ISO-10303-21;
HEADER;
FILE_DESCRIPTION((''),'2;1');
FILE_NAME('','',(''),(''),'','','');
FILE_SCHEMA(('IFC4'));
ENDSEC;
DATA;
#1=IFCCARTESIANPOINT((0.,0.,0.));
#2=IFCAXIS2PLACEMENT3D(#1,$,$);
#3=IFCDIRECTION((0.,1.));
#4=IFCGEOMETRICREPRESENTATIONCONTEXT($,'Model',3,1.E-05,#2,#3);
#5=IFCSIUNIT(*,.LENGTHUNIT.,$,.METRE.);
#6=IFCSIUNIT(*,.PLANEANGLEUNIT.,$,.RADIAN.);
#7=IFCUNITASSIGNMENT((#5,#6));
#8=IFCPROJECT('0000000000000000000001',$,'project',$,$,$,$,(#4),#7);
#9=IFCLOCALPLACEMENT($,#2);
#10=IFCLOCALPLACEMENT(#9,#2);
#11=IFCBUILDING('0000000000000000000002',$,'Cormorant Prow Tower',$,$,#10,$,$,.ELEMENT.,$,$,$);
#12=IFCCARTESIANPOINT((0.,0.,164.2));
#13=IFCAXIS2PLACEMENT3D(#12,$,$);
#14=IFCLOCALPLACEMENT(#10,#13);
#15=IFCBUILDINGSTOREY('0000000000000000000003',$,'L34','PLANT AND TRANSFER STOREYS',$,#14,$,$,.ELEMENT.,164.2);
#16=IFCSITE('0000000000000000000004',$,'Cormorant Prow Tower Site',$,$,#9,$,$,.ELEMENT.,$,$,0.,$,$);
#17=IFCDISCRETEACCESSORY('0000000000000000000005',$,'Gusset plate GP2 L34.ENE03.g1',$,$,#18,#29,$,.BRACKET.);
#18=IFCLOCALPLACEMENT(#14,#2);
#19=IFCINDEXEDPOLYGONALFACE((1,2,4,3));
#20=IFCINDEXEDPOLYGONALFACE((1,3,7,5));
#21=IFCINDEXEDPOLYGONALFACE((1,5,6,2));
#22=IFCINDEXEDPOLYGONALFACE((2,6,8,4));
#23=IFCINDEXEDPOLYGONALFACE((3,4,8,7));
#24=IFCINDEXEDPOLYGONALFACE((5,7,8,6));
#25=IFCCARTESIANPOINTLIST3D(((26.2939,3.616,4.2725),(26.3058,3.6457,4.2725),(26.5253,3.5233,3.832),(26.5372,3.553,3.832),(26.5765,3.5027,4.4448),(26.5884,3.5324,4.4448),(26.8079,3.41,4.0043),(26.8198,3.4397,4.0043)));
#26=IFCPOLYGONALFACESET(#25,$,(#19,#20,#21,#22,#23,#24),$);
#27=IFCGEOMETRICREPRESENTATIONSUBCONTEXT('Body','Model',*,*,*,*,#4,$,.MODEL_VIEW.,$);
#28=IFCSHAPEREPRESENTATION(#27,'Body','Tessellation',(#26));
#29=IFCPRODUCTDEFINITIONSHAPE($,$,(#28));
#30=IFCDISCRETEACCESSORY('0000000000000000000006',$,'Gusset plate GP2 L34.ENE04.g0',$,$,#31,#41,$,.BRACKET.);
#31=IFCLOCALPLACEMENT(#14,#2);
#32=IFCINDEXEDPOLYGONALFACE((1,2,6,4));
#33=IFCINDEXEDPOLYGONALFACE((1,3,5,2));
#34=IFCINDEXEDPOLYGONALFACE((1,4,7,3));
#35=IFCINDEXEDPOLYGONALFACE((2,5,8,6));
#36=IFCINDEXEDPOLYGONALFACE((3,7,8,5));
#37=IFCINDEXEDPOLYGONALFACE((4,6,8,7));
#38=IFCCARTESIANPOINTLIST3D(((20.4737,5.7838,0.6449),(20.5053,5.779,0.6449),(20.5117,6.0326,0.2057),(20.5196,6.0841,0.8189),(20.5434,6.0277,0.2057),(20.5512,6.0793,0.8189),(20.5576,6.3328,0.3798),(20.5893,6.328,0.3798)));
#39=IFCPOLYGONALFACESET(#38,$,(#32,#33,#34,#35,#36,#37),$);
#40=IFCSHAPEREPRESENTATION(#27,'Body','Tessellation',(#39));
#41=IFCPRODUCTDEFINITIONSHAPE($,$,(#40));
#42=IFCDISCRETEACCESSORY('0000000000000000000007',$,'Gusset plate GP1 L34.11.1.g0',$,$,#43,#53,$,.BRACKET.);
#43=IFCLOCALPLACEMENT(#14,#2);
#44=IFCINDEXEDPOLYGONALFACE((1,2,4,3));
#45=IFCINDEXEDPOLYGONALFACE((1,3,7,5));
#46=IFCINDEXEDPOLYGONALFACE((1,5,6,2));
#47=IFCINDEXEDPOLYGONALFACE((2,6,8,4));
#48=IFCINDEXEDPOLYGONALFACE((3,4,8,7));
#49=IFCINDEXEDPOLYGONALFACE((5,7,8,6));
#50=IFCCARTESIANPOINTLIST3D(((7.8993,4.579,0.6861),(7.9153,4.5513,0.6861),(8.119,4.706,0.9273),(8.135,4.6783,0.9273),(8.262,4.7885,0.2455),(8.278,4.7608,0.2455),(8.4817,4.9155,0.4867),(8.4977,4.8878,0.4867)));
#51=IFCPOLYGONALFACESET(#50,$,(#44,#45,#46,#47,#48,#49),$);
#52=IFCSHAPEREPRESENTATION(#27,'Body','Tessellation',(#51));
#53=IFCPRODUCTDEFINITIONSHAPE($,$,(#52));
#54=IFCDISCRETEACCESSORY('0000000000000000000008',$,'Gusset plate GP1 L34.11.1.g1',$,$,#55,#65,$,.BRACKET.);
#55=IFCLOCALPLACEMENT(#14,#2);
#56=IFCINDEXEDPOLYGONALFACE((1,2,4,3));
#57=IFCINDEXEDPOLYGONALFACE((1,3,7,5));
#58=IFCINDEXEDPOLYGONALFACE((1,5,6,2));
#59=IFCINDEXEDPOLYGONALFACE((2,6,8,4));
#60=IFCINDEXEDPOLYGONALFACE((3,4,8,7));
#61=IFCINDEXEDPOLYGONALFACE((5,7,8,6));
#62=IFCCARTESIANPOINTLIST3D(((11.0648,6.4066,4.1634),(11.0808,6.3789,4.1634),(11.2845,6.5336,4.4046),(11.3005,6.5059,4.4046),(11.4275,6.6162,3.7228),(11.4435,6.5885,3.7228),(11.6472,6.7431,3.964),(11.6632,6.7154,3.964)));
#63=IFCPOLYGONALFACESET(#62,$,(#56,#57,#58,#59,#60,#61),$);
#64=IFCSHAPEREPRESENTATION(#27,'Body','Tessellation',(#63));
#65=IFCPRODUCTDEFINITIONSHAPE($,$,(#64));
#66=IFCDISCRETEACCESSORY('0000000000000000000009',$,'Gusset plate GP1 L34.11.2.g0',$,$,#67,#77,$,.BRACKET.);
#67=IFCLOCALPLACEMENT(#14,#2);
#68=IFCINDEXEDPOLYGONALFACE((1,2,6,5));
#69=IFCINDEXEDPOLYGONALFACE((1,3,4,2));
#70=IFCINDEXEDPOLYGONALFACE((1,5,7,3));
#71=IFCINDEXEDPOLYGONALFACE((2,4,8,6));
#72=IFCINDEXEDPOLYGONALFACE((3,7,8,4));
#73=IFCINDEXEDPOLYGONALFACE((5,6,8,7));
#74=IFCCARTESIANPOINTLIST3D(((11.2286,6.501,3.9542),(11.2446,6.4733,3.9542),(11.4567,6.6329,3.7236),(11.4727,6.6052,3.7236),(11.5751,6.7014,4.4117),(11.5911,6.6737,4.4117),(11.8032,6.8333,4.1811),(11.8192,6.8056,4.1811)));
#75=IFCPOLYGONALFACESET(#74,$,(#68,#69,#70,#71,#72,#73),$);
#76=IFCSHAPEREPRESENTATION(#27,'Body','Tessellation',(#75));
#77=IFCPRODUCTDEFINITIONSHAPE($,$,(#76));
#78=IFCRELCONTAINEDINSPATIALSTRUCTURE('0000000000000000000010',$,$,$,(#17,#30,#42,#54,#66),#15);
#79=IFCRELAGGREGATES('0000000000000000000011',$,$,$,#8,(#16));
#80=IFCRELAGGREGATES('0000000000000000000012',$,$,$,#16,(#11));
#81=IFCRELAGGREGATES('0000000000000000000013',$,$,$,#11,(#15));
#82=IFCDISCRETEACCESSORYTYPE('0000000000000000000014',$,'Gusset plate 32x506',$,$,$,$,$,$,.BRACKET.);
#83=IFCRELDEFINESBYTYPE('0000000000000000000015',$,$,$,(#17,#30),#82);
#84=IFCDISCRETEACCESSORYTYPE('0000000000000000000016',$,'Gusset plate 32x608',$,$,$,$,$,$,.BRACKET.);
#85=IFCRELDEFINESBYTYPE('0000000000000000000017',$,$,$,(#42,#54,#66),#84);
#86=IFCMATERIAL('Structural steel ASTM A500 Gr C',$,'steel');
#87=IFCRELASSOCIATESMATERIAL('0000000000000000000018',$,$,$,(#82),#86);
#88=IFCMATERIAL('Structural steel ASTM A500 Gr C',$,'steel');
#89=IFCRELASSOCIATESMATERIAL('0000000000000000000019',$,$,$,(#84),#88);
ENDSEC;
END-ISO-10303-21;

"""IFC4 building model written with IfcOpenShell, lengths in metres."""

from ifc_helpers import new_model, si_unit, direction, frame, origin, origin_2d, place, context, subcontext, project, spatial, rectangle, extrude, material, material_profile, profile_set, type_object, element, save


model = new_model("IFC4")

# Units and contexts
model_context = context("Model", 3, precision=1e-05, world=origin(), true_north=direction((0.0, 1.0)))
body_context = subcontext(model_context, "Body", "Model", "MODEL_VIEW")
ifc_project = project(units=[si_unit("LENGTHUNIT", "METRE"), si_unit("PLANEANGLEUNIT", "RADIAN")], contexts=[model_context])

# Site, building, storey
site_placement = place(None, origin())
site = spatial("IfcSite", under=ifc_project, at=site_placement, Name="Cormorant Prow Tower Site", CompositionType="ELEMENT", RefElevation=0.0)
building_placement = place(site_placement, origin())
building = spatial("IfcBuilding", under=site, at=building_placement, Name="Cormorant Prow Tower", CompositionType="ELEMENT")
storey_placement = place(building_placement, frame((0.0, 0.0, 164.2)))
storey = spatial("IfcBuildingStorey", under=building, at=storey_placement, Name="L34", Description="PLANT AND TRANSFER STOREYS", CompositionType="ELEMENT", Elevation=164.2)

# Discrete accessories
ifc_material_1 = material(Name="Structural steel ASTM A500 Gr C", Category="steel")
ifc_material_profile_1 = material_profile(ifc_material_1, rectangle(XDim=0.032, YDim=0.5061, at=origin_2d()), Name="Gusset plate 32x506")
ifc_profile_set_1 = profile_set([ifc_material_profile_1], Name="Structural steel ASTM A500 Gr C")
discrete_accessory_type_1 = type_object("IfcDiscreteAccessoryType", Name="Gusset plate 32x506", PredefinedType="BRACKET", material=ifc_profile_set_1)
discrete_accessory_1_placement = place(storey_placement, frame((26.4155, 3.5845, 4.0522), z_axis=(0.807858, -0.323701, 0.492528), x_axis=(0.371943, 0.928255, 0.0)))
element("IfcDiscreteAccessory", 1, at=discrete_accessory_1_placement, inside=storey, type_object=discrete_accessory_type_1, Name="Gusset plate GP2 L34.ENE03.g1", PredefinedType="BRACKET", context=body_context, shape_type="SweptSolid", body=[
    extrude(rectangle(XDim=0.032, YDim=0.5061, at=origin_2d()), origin(), (0.0, 0.0, 1.0), 0.3499),
])
discrete_accessory_2_placement = place(storey_placement, frame((20.5544, 6.2061, 0.5994), z_axis=(-0.131094, -0.857687, -0.49718), x_axis=(0.98852, -0.151091, 0.0)))
element("IfcDiscreteAccessory", 2, at=discrete_accessory_2_placement, inside=storey, type_object=discrete_accessory_type_1, Name="Gusset plate GP2 L34.ENE04.g0", PredefinedType="BRACKET", context=body_context, shape_type="SweptSolid", body=[
    extrude(rectangle(XDim=0.032, YDim=0.5061, at=origin_2d()), origin(), (0.0, 0.0, 1.0), 0.3501),
])
ifc_material_2 = material(Name="Structural steel ASTM A500 Gr C", Category="steel")
ifc_material_profile_2 = material_profile(ifc_material_2, rectangle(XDim=0.032, YDim=0.6079, at=origin_2d()), Name="Gusset plate 32x608")
ifc_profile_set_2 = profile_set([ifc_material_profile_2], Name="Structural steel ASTM A500 Gr C")
discrete_accessory_type_2 = type_object("IfcDiscreteAccessoryType", Name="Gusset plate 32x608", PredefinedType="BRACKET", material=ifc_profile_set_2)
for number, where, z_axis, x_axis, name in (
    (3, (8.3083, 4.7969, 0.707), (-0.627586, -0.362605, -0.68895), (0.500278, -0.865865, 0.0), "Gusset plate GP1 L34.11.1.g0"),
    (4, (11.2542, 6.4976, 3.9431), (0.627586, 0.362605, 0.68895), (-0.500278, 0.865865, 0.0), "Gusset plate GP1 L34.11.1.g1"),
    (5, (11.6379, 6.7192, 3.9524), (-0.651525, -0.376685, 0.658501), (0.500525, -0.865722, 0.0), "Gusset plate GP1 L34.11.2.g0"),
):
    element("IfcDiscreteAccessory", number, at=place(storey_placement, frame(where, z_axis=z_axis, x_axis=x_axis)), inside=storey, type_object=discrete_accessory_type_2, Name=name, PredefinedType="BRACKET", context=body_context, shape_type="SweptSolid", body=[
        extrude(rectangle(XDim=0.032, YDim=0.6079, at=origin_2d()), origin(), (0.0, 0.0, 1.0), 0.3501),
    ])

save(model, "model.ifc")
